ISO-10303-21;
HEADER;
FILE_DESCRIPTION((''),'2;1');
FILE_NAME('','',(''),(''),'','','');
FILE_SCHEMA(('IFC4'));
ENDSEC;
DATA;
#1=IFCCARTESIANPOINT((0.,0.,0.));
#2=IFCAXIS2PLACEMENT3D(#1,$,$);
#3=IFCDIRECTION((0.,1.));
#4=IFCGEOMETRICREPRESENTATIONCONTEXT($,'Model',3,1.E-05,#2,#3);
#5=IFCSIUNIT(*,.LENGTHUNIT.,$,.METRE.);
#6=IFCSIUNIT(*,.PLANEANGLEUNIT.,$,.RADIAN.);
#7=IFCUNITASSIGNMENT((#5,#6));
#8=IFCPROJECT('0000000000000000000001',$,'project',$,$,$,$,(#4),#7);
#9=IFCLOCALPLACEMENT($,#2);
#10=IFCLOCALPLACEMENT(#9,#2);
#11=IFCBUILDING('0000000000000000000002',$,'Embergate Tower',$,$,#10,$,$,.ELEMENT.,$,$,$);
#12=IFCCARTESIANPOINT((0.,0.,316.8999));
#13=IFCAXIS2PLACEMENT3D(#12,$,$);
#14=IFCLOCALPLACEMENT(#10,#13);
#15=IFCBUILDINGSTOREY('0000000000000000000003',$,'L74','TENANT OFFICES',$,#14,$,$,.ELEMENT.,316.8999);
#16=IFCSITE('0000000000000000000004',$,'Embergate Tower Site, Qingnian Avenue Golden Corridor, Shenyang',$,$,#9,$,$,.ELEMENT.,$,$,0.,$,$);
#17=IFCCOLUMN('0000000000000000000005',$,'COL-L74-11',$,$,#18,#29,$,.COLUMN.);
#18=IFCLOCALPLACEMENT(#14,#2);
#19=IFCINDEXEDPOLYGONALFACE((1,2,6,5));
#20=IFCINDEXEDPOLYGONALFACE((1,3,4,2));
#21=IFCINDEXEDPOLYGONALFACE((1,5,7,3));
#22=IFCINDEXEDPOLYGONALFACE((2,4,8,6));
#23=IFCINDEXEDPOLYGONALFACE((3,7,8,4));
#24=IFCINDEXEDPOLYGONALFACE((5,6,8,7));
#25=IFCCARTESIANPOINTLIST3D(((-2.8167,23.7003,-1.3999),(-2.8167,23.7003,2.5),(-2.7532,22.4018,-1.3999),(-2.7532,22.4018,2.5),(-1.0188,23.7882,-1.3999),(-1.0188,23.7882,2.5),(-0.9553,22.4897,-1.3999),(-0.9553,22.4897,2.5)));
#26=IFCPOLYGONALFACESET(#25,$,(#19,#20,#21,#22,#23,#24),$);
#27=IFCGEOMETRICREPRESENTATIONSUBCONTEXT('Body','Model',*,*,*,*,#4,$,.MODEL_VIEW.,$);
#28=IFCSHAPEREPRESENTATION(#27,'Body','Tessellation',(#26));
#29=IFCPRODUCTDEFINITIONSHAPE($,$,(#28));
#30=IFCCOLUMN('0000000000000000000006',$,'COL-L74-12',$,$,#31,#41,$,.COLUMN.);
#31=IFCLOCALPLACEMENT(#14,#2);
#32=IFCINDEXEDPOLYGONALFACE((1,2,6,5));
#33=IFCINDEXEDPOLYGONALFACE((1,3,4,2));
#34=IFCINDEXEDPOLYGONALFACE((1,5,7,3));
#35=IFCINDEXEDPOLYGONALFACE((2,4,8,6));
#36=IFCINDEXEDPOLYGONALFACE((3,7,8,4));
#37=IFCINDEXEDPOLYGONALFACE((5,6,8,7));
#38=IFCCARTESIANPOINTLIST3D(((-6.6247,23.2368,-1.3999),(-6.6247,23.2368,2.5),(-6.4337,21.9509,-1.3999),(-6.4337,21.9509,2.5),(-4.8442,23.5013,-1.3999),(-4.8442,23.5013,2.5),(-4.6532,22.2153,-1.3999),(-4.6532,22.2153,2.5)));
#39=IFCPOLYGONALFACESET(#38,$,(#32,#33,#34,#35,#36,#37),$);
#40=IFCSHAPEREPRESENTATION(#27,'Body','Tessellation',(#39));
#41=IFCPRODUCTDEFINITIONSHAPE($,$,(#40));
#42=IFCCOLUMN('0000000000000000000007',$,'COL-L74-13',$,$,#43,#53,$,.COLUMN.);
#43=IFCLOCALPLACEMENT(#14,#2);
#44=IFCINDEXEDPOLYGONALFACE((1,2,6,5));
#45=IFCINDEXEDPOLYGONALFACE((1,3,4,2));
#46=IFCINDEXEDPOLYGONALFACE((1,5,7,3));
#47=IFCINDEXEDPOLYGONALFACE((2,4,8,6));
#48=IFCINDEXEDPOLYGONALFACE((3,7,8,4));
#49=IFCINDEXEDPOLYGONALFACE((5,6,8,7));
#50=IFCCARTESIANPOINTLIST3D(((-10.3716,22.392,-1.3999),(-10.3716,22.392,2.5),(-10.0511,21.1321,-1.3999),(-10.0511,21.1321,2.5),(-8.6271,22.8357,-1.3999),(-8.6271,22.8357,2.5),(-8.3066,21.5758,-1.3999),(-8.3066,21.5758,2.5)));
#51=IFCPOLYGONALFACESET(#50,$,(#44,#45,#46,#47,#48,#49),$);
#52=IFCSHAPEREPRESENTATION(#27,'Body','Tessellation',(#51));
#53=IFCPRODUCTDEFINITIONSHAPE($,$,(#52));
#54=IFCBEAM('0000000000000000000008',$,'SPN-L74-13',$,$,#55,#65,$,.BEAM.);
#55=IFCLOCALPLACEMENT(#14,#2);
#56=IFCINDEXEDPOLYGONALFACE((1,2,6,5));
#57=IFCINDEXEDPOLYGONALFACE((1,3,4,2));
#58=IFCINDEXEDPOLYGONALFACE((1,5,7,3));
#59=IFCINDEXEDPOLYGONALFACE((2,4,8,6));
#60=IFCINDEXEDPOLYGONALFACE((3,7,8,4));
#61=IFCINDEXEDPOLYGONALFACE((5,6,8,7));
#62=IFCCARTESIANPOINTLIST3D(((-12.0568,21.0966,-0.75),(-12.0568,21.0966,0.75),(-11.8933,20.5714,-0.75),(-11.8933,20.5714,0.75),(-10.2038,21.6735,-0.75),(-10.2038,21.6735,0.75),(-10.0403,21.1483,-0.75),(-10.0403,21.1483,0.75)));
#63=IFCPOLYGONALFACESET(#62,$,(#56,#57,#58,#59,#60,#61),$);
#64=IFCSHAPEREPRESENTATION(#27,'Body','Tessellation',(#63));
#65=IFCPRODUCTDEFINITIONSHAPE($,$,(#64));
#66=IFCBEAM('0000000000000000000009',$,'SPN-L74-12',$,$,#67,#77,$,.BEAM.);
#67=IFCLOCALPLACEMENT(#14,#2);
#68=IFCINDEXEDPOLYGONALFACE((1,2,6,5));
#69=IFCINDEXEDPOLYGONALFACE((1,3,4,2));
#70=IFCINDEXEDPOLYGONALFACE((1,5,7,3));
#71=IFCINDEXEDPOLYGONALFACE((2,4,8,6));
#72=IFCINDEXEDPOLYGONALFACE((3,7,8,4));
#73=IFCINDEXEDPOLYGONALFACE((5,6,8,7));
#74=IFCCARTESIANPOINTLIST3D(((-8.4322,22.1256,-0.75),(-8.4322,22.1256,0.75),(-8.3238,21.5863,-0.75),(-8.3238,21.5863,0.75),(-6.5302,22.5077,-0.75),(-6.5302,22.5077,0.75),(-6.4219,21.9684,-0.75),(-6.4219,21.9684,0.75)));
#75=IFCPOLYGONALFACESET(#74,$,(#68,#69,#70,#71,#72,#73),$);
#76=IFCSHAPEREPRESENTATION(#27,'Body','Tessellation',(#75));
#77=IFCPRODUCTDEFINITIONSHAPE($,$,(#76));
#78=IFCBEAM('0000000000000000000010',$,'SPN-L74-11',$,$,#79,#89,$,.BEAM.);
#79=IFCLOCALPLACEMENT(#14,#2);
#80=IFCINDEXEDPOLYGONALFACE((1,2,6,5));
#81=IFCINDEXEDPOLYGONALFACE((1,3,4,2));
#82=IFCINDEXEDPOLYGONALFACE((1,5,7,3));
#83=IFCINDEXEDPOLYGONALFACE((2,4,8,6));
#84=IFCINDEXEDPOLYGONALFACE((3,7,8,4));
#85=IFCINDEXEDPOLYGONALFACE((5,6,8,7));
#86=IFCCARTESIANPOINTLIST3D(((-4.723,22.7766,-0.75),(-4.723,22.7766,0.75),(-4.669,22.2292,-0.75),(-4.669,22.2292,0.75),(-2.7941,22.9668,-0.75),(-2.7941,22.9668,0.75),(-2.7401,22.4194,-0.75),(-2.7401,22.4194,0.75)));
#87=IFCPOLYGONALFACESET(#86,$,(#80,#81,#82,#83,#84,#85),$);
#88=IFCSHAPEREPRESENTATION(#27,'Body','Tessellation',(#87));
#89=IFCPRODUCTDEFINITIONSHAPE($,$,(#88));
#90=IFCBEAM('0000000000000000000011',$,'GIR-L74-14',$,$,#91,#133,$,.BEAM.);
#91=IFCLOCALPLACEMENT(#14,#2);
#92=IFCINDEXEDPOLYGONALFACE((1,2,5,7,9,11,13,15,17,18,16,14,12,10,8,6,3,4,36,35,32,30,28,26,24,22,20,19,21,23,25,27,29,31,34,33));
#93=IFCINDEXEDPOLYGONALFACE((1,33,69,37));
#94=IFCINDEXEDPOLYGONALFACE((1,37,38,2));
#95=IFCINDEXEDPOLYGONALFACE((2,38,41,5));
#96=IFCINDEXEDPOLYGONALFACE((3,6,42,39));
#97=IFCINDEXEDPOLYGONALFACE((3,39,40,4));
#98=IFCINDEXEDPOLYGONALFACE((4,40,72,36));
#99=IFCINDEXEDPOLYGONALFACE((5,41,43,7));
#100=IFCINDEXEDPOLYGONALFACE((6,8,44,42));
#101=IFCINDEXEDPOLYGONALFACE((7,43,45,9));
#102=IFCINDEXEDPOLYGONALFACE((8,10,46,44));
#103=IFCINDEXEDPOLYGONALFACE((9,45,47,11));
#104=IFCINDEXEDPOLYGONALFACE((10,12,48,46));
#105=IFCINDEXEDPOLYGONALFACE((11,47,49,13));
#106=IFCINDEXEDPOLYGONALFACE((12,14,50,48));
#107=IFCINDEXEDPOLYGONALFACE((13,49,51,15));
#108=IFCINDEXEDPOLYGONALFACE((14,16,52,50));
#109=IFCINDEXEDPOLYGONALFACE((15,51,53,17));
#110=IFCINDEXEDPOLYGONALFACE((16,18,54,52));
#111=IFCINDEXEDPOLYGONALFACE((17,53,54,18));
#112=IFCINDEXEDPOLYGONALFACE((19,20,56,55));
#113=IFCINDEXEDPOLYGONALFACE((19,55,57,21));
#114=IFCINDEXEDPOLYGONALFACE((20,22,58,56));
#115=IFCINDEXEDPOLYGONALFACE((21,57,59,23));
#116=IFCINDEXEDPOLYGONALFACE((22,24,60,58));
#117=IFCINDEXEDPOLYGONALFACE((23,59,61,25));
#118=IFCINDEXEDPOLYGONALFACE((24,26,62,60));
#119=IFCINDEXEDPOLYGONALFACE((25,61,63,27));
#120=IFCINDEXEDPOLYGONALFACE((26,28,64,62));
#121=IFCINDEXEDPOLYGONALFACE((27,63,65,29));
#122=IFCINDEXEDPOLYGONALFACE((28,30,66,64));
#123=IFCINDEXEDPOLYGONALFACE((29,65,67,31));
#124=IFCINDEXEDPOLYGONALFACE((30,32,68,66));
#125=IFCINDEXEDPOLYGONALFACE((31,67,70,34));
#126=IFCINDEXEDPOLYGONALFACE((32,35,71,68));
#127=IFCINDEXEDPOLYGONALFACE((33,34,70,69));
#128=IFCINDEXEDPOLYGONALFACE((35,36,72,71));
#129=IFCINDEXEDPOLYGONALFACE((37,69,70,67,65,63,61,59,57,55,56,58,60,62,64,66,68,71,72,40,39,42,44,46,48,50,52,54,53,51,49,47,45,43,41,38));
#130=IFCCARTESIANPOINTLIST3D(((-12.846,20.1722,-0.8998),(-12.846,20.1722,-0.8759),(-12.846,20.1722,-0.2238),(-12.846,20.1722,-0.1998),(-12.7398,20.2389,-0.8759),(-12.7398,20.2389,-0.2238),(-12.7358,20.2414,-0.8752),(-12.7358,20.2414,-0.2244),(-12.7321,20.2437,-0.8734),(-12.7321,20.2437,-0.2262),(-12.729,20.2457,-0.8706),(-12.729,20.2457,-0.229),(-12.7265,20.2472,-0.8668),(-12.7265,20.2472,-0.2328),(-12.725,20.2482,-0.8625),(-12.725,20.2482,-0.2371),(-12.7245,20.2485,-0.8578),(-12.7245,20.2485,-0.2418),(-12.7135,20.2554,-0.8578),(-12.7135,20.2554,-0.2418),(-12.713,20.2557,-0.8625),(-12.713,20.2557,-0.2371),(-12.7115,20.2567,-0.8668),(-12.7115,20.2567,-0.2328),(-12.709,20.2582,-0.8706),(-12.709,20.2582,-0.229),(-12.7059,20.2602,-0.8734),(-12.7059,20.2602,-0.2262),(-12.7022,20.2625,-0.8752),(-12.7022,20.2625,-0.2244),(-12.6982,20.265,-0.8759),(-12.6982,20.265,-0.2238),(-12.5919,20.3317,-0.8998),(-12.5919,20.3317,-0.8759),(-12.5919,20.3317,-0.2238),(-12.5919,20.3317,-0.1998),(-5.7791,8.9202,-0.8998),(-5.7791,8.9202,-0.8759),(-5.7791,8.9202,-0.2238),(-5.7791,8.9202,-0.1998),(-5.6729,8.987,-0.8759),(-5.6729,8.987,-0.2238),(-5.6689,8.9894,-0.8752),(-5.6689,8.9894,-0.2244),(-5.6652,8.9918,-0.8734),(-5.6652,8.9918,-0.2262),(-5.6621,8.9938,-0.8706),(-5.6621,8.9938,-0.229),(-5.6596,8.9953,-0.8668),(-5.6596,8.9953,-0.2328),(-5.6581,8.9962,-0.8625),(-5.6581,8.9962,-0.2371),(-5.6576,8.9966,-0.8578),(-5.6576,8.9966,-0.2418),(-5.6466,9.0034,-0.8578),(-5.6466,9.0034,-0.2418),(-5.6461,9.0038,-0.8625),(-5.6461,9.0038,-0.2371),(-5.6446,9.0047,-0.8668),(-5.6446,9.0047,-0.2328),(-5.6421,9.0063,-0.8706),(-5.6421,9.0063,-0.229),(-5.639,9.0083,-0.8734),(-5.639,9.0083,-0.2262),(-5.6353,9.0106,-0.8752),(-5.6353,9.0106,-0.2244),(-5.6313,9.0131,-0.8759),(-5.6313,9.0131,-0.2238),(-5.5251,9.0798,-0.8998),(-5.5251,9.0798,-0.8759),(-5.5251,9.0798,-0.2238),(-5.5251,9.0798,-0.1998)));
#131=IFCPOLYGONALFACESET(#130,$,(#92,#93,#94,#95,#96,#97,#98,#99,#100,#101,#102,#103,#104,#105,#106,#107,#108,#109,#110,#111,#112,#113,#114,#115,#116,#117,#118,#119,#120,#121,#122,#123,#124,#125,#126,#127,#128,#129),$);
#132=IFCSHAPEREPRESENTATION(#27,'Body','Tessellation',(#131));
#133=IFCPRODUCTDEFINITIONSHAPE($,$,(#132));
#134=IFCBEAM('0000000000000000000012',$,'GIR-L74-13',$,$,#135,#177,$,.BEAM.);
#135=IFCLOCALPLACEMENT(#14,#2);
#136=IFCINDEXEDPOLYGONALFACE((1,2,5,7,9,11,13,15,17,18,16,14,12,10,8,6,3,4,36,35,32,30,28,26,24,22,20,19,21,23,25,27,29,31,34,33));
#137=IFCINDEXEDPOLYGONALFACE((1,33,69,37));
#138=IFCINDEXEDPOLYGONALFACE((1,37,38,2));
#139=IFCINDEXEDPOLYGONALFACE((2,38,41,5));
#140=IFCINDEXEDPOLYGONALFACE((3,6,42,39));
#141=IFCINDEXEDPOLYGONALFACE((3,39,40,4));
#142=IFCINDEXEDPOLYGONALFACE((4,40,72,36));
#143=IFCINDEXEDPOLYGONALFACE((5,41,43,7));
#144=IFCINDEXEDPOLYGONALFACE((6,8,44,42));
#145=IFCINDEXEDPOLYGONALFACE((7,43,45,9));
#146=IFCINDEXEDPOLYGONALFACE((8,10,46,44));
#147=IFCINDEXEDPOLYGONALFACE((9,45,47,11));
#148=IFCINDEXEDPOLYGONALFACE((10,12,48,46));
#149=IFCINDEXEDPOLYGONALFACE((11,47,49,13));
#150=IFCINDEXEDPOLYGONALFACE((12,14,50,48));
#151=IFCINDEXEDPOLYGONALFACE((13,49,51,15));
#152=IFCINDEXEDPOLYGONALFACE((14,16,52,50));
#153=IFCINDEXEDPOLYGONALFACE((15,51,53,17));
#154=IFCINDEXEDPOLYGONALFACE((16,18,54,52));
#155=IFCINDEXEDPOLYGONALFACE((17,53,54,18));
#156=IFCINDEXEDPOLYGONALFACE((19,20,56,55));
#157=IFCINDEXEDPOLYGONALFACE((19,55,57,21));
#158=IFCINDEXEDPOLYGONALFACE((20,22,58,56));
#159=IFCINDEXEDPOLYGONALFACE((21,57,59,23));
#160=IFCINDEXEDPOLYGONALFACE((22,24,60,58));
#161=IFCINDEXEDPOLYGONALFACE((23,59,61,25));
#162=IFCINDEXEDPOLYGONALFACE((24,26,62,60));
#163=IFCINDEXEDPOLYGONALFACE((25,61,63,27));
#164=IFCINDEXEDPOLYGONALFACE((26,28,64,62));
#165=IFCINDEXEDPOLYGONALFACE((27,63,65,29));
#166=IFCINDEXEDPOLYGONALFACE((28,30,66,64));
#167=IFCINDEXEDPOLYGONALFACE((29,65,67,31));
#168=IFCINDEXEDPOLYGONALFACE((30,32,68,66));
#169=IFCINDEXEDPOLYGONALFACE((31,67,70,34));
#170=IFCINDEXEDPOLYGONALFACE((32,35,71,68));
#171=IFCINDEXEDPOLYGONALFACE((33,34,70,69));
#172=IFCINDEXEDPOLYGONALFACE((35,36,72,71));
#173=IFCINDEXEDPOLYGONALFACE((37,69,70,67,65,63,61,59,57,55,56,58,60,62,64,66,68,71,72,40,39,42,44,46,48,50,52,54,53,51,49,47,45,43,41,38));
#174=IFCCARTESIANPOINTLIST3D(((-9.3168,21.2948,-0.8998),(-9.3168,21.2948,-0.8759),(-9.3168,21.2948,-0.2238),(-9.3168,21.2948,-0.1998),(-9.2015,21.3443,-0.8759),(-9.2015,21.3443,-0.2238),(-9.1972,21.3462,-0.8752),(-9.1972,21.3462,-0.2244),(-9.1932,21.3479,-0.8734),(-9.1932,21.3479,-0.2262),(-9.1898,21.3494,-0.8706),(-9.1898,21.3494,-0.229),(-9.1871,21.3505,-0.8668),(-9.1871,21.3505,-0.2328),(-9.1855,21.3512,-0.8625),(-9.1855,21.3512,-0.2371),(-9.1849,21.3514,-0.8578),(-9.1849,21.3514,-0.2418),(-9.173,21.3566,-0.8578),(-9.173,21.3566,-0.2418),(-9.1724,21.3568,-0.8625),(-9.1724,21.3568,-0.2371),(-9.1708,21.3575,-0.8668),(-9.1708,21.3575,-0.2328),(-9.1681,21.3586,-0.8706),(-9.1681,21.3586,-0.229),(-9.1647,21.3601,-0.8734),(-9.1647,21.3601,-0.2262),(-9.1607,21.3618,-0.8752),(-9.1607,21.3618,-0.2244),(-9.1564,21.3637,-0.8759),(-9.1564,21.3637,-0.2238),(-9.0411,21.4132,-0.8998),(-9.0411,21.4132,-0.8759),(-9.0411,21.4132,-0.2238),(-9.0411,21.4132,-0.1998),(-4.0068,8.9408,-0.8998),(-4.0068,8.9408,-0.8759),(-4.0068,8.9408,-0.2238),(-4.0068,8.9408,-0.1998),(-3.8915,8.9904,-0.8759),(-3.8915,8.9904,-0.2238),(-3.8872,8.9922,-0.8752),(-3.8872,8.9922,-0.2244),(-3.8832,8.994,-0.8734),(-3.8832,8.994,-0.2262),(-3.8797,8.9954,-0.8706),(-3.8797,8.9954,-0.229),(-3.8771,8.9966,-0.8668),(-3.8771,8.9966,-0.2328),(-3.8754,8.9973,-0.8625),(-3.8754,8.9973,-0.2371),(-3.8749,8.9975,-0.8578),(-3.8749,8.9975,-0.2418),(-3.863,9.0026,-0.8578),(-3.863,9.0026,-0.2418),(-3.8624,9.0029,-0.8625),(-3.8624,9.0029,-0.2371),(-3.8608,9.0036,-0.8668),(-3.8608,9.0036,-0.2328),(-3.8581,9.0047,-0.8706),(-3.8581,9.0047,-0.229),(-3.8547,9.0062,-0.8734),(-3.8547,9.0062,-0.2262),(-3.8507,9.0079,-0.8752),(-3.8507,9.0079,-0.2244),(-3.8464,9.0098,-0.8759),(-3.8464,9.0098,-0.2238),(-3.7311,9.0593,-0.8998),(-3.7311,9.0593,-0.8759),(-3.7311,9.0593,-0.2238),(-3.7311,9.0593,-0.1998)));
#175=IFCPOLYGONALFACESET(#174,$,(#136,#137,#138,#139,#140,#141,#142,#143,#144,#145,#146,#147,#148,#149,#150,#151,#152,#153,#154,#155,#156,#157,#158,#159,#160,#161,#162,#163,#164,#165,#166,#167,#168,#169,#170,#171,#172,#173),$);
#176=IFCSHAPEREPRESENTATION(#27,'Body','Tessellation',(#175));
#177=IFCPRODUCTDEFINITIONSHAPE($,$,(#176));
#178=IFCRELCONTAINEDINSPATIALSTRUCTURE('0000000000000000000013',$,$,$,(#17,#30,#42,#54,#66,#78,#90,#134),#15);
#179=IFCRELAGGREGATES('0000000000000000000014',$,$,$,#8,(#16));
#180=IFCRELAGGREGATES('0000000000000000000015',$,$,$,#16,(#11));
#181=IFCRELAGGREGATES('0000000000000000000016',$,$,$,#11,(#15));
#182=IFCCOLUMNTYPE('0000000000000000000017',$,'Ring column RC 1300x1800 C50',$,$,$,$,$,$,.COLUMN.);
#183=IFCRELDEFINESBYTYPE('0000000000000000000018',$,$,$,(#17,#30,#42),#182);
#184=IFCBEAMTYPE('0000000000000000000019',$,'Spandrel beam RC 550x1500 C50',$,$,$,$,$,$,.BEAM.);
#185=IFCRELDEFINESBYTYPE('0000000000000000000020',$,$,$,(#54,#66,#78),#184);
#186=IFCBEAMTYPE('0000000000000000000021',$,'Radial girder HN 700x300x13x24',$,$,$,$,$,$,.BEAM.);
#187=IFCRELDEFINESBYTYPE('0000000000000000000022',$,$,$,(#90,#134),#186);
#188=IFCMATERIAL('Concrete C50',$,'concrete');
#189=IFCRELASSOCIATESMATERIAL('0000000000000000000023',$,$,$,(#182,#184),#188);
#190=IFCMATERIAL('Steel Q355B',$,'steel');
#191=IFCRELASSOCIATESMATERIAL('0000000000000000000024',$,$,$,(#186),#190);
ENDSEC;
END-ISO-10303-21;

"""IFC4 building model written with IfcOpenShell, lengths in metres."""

from ifc_helpers import new_model, si_unit, direction, frame, origin, origin_2d, place, context, subcontext, project, spatial, rectangle, i_section, extrude, source, transform, mapped, material, material_profile, profile_set, type_object, element, save


model = new_model("IFC4")

# Units and contexts
model_context = context("Model", 3, precision=1e-05, world=origin(), true_north=direction((0.0, 1.0)))
body_context = subcontext(model_context, "Body", "Model", "MODEL_VIEW")
ifc_project = project(units=[si_unit("LENGTHUNIT", "METRE"), si_unit("PLANEANGLEUNIT", "RADIAN")], contexts=[model_context])

# Site, building, storey
site_placement = place(None, origin())
site = spatial("IfcSite", under=ifc_project, at=site_placement, Name="Embergate Tower Site, Qingnian Avenue Golden Corridor, Shenyang", CompositionType="ELEMENT", RefElevation=0.0)
building_placement = place(site_placement, origin())
building = spatial("IfcBuilding", under=site, at=building_placement, Name="Embergate Tower", CompositionType="ELEMENT")
storey_placement = place(building_placement, frame((0.0, 0.0, 316.8999)))
storey = spatial("IfcBuildingStorey", under=building, at=storey_placement, Name="L74", Description="TENANT OFFICES", CompositionType="ELEMENT", Elevation=316.8999)

# Columns
ifc_material_1 = material(Name="Concrete C50", Category="concrete")
ifc_material_profile_1 = material_profile(ifc_material_1, rectangle(XDim=1.3, YDim=1.8, at=origin_2d()), Name="RC 1300x1800")
ifc_profile_set_1 = profile_set([ifc_material_profile_1], Name="Concrete C50")
column_type = type_object("IfcColumnType", Name="Ring column RC 1300x1800 C50", PredefinedType="COLUMN", material=ifc_profile_set_1)
shared_shape_1 = source(origin(), body_context, "Body", "SweptSolid", [
    extrude(rectangle(XDim=1.3, YDim=1.8, at=origin_2d()), origin(), (0.0, 0.0, 1.0), 3.8999),
])
for number, where, z_axis, x_axis, name in (
    (1, (-1.886, 23.095, -1.3999), (0.0, 0.0, 1.0), (-0.048815, 0.998808, 0.0), "COL-L74-11"),
    (2, (-5.6389, 22.7261, -1.3999), (0.0, 0.0, 1.0), (-0.146929, 0.989147, 0.0), "COL-L74-12"),
    (3, (-9.3391, 21.9839, -1.3999), (0.0, 0.0, 1.0), (-0.246509, 0.969141, 0.0), "COL-L74-13"),
):
    element("IfcColumn", number, at=place(storey_placement, frame(where, z_axis=z_axis, x_axis=x_axis)), inside=storey, type_object=column_type, Name=name, PredefinedType="COLUMN", context=body_context, shape_type="MappedRepresentation", body=[
        mapped(shared_shape_1, transform((0.0, 0.0, 0.0))),
    ])

# Beams
ifc_material_profile_2 = material_profile(ifc_material_1, rectangle(XDim=0.55, YDim=1.5, at=origin_2d()), Name="RC 550x1500")
ifc_profile_set_2 = profile_set([ifc_material_profile_2], Name="Concrete C50")
beam_type_1 = type_object("IfcBeamType", Name="Spandrel beam RC 550x1500 C50", PredefinedType="BEAM", material=ifc_profile_set_2)
shared_shape_2 = source(origin(), body_context, "Body", "SweptSolid", [
    extrude(rectangle(XDim=0.55, YDim=1.5, at=origin_2d()), origin(), (0.0, 0.0, 1.0), 1.9407),
])
beam_1_placement = place(storey_placement, frame((-10.1221, 21.4109, 0.0), z_axis=(-0.954797, -0.297258, 0.0), x_axis=(0.297258, -0.954797, 0.0)))
element("IfcBeam", 4, at=beam_1_placement, inside=storey, type_object=beam_type_1, Name="SPN-L74-13", PredefinedType="BEAM", context=body_context, shape_type="MappedRepresentation", body=[
    mapped(shared_shape_2, transform((0.0, 0.0, 0.0))),
])
shared_shape_3 = source(origin(), body_context, "Body", "SweptSolid", [
    extrude(rectangle(XDim=0.55, YDim=1.5, at=origin_2d()), origin(), (0.0, 0.0, 1.0), 1.9399),
])
beam_2_placement = place(storey_placement, frame((-6.4761, 22.238, 0.0), z_axis=(-0.980411, -0.196963, 0.0), x_axis=(0.196963, -0.980411, 0.0)))
element("IfcBeam", 5, at=beam_2_placement, inside=storey, type_object=beam_type_1, Name="SPN-L74-12", PredefinedType="BEAM", context=body_context, shape_type="MappedRepresentation", body=[
    mapped(shared_shape_3, transform((0.0, 0.0, 0.0))),
])
shared_shape_4 = source(origin(), body_context, "Body", "SweptSolid", [
    extrude(rectangle(XDim=0.55, YDim=1.5, at=origin_2d()), origin(), (0.0, 0.0, 1.0), 1.9382),
])
beam_3_placement = place(storey_placement, frame((-2.7671, 22.6931, 0.0), z_axis=(-0.995175, -0.098119, 0.0), x_axis=(0.098119, -0.995175, 0.0)))
element("IfcBeam", 6, at=beam_3_placement, inside=storey, type_object=beam_type_1, Name="SPN-L74-11", PredefinedType="BEAM", context=body_context, shape_type="MappedRepresentation", body=[
    mapped(shared_shape_4, transform((0.0, 0.0, 0.0))),
])
ifc_material_2 = material(Name="Steel Q355B", Category="steel")
ifc_material_profile_3 = material_profile(ifc_material_2, i_section(OverallWidth=0.3, OverallDepth=0.7, WebThickness=0.0129, FlangeThickness=0.0239, FilletRadius=0.0181, at=origin_2d()), Name="HN 700x300x13x24")
ifc_profile_set_3 = profile_set([ifc_material_profile_3], Name="Steel Q355 grade B")
beam_type_2 = type_object("IfcBeamType", Name="Radial girder HN 700x300x13x24", PredefinedType="BEAM", material=ifc_profile_set_3)
shared_shape_5 = source(origin(), body_context, "Body", "SweptSolid", [
    extrude(i_section(OverallWidth=0.3, OverallDepth=0.7, WebThickness=0.0129, FlangeThickness=0.0239, FilletRadius=0.0181, at=origin_2d()), origin(), (0.0, 0.0, 1.0), 13.2871),
])
beam_4_placement = place(storey_placement, frame((-12.719, 20.252, -0.5498), z_axis=(0.531861, -0.846832, 0.0), x_axis=(0.846832, 0.531861, 0.0)))
element("IfcBeam", 7, at=beam_4_placement, inside=storey, type_object=beam_type_2, Name="GIR-L74-14", PredefinedType="BEAM", context=body_context, shape_type="MappedRepresentation", body=[
    mapped(shared_shape_5, transform((0.0, 0.0, 0.0))),
])
shared_shape_6 = source(origin(), body_context, "Body", "SweptSolid", [
    extrude(i_section(OverallWidth=0.3, OverallDepth=0.7, WebThickness=0.0129, FlangeThickness=0.0239, FilletRadius=0.0181, at=origin_2d()), origin(), (0.0, 0.0, 1.0), 13.4468),
])
beam_5_placement = place(storey_placement, frame((-9.179, 21.354, -0.5498), z_axis=(0.394892, -0.918728, 0.0), x_axis=(0.918728, 0.394892, 0.0)))
element("IfcBeam", 8, at=beam_5_placement, inside=storey, type_object=beam_type_2, Name="GIR-L74-13", PredefinedType="BEAM", context=body_context, shape_type="MappedRepresentation", body=[
    mapped(shared_shape_6, transform((0.0, 0.0, 0.0))),
])

save(model, "model.ifc")
